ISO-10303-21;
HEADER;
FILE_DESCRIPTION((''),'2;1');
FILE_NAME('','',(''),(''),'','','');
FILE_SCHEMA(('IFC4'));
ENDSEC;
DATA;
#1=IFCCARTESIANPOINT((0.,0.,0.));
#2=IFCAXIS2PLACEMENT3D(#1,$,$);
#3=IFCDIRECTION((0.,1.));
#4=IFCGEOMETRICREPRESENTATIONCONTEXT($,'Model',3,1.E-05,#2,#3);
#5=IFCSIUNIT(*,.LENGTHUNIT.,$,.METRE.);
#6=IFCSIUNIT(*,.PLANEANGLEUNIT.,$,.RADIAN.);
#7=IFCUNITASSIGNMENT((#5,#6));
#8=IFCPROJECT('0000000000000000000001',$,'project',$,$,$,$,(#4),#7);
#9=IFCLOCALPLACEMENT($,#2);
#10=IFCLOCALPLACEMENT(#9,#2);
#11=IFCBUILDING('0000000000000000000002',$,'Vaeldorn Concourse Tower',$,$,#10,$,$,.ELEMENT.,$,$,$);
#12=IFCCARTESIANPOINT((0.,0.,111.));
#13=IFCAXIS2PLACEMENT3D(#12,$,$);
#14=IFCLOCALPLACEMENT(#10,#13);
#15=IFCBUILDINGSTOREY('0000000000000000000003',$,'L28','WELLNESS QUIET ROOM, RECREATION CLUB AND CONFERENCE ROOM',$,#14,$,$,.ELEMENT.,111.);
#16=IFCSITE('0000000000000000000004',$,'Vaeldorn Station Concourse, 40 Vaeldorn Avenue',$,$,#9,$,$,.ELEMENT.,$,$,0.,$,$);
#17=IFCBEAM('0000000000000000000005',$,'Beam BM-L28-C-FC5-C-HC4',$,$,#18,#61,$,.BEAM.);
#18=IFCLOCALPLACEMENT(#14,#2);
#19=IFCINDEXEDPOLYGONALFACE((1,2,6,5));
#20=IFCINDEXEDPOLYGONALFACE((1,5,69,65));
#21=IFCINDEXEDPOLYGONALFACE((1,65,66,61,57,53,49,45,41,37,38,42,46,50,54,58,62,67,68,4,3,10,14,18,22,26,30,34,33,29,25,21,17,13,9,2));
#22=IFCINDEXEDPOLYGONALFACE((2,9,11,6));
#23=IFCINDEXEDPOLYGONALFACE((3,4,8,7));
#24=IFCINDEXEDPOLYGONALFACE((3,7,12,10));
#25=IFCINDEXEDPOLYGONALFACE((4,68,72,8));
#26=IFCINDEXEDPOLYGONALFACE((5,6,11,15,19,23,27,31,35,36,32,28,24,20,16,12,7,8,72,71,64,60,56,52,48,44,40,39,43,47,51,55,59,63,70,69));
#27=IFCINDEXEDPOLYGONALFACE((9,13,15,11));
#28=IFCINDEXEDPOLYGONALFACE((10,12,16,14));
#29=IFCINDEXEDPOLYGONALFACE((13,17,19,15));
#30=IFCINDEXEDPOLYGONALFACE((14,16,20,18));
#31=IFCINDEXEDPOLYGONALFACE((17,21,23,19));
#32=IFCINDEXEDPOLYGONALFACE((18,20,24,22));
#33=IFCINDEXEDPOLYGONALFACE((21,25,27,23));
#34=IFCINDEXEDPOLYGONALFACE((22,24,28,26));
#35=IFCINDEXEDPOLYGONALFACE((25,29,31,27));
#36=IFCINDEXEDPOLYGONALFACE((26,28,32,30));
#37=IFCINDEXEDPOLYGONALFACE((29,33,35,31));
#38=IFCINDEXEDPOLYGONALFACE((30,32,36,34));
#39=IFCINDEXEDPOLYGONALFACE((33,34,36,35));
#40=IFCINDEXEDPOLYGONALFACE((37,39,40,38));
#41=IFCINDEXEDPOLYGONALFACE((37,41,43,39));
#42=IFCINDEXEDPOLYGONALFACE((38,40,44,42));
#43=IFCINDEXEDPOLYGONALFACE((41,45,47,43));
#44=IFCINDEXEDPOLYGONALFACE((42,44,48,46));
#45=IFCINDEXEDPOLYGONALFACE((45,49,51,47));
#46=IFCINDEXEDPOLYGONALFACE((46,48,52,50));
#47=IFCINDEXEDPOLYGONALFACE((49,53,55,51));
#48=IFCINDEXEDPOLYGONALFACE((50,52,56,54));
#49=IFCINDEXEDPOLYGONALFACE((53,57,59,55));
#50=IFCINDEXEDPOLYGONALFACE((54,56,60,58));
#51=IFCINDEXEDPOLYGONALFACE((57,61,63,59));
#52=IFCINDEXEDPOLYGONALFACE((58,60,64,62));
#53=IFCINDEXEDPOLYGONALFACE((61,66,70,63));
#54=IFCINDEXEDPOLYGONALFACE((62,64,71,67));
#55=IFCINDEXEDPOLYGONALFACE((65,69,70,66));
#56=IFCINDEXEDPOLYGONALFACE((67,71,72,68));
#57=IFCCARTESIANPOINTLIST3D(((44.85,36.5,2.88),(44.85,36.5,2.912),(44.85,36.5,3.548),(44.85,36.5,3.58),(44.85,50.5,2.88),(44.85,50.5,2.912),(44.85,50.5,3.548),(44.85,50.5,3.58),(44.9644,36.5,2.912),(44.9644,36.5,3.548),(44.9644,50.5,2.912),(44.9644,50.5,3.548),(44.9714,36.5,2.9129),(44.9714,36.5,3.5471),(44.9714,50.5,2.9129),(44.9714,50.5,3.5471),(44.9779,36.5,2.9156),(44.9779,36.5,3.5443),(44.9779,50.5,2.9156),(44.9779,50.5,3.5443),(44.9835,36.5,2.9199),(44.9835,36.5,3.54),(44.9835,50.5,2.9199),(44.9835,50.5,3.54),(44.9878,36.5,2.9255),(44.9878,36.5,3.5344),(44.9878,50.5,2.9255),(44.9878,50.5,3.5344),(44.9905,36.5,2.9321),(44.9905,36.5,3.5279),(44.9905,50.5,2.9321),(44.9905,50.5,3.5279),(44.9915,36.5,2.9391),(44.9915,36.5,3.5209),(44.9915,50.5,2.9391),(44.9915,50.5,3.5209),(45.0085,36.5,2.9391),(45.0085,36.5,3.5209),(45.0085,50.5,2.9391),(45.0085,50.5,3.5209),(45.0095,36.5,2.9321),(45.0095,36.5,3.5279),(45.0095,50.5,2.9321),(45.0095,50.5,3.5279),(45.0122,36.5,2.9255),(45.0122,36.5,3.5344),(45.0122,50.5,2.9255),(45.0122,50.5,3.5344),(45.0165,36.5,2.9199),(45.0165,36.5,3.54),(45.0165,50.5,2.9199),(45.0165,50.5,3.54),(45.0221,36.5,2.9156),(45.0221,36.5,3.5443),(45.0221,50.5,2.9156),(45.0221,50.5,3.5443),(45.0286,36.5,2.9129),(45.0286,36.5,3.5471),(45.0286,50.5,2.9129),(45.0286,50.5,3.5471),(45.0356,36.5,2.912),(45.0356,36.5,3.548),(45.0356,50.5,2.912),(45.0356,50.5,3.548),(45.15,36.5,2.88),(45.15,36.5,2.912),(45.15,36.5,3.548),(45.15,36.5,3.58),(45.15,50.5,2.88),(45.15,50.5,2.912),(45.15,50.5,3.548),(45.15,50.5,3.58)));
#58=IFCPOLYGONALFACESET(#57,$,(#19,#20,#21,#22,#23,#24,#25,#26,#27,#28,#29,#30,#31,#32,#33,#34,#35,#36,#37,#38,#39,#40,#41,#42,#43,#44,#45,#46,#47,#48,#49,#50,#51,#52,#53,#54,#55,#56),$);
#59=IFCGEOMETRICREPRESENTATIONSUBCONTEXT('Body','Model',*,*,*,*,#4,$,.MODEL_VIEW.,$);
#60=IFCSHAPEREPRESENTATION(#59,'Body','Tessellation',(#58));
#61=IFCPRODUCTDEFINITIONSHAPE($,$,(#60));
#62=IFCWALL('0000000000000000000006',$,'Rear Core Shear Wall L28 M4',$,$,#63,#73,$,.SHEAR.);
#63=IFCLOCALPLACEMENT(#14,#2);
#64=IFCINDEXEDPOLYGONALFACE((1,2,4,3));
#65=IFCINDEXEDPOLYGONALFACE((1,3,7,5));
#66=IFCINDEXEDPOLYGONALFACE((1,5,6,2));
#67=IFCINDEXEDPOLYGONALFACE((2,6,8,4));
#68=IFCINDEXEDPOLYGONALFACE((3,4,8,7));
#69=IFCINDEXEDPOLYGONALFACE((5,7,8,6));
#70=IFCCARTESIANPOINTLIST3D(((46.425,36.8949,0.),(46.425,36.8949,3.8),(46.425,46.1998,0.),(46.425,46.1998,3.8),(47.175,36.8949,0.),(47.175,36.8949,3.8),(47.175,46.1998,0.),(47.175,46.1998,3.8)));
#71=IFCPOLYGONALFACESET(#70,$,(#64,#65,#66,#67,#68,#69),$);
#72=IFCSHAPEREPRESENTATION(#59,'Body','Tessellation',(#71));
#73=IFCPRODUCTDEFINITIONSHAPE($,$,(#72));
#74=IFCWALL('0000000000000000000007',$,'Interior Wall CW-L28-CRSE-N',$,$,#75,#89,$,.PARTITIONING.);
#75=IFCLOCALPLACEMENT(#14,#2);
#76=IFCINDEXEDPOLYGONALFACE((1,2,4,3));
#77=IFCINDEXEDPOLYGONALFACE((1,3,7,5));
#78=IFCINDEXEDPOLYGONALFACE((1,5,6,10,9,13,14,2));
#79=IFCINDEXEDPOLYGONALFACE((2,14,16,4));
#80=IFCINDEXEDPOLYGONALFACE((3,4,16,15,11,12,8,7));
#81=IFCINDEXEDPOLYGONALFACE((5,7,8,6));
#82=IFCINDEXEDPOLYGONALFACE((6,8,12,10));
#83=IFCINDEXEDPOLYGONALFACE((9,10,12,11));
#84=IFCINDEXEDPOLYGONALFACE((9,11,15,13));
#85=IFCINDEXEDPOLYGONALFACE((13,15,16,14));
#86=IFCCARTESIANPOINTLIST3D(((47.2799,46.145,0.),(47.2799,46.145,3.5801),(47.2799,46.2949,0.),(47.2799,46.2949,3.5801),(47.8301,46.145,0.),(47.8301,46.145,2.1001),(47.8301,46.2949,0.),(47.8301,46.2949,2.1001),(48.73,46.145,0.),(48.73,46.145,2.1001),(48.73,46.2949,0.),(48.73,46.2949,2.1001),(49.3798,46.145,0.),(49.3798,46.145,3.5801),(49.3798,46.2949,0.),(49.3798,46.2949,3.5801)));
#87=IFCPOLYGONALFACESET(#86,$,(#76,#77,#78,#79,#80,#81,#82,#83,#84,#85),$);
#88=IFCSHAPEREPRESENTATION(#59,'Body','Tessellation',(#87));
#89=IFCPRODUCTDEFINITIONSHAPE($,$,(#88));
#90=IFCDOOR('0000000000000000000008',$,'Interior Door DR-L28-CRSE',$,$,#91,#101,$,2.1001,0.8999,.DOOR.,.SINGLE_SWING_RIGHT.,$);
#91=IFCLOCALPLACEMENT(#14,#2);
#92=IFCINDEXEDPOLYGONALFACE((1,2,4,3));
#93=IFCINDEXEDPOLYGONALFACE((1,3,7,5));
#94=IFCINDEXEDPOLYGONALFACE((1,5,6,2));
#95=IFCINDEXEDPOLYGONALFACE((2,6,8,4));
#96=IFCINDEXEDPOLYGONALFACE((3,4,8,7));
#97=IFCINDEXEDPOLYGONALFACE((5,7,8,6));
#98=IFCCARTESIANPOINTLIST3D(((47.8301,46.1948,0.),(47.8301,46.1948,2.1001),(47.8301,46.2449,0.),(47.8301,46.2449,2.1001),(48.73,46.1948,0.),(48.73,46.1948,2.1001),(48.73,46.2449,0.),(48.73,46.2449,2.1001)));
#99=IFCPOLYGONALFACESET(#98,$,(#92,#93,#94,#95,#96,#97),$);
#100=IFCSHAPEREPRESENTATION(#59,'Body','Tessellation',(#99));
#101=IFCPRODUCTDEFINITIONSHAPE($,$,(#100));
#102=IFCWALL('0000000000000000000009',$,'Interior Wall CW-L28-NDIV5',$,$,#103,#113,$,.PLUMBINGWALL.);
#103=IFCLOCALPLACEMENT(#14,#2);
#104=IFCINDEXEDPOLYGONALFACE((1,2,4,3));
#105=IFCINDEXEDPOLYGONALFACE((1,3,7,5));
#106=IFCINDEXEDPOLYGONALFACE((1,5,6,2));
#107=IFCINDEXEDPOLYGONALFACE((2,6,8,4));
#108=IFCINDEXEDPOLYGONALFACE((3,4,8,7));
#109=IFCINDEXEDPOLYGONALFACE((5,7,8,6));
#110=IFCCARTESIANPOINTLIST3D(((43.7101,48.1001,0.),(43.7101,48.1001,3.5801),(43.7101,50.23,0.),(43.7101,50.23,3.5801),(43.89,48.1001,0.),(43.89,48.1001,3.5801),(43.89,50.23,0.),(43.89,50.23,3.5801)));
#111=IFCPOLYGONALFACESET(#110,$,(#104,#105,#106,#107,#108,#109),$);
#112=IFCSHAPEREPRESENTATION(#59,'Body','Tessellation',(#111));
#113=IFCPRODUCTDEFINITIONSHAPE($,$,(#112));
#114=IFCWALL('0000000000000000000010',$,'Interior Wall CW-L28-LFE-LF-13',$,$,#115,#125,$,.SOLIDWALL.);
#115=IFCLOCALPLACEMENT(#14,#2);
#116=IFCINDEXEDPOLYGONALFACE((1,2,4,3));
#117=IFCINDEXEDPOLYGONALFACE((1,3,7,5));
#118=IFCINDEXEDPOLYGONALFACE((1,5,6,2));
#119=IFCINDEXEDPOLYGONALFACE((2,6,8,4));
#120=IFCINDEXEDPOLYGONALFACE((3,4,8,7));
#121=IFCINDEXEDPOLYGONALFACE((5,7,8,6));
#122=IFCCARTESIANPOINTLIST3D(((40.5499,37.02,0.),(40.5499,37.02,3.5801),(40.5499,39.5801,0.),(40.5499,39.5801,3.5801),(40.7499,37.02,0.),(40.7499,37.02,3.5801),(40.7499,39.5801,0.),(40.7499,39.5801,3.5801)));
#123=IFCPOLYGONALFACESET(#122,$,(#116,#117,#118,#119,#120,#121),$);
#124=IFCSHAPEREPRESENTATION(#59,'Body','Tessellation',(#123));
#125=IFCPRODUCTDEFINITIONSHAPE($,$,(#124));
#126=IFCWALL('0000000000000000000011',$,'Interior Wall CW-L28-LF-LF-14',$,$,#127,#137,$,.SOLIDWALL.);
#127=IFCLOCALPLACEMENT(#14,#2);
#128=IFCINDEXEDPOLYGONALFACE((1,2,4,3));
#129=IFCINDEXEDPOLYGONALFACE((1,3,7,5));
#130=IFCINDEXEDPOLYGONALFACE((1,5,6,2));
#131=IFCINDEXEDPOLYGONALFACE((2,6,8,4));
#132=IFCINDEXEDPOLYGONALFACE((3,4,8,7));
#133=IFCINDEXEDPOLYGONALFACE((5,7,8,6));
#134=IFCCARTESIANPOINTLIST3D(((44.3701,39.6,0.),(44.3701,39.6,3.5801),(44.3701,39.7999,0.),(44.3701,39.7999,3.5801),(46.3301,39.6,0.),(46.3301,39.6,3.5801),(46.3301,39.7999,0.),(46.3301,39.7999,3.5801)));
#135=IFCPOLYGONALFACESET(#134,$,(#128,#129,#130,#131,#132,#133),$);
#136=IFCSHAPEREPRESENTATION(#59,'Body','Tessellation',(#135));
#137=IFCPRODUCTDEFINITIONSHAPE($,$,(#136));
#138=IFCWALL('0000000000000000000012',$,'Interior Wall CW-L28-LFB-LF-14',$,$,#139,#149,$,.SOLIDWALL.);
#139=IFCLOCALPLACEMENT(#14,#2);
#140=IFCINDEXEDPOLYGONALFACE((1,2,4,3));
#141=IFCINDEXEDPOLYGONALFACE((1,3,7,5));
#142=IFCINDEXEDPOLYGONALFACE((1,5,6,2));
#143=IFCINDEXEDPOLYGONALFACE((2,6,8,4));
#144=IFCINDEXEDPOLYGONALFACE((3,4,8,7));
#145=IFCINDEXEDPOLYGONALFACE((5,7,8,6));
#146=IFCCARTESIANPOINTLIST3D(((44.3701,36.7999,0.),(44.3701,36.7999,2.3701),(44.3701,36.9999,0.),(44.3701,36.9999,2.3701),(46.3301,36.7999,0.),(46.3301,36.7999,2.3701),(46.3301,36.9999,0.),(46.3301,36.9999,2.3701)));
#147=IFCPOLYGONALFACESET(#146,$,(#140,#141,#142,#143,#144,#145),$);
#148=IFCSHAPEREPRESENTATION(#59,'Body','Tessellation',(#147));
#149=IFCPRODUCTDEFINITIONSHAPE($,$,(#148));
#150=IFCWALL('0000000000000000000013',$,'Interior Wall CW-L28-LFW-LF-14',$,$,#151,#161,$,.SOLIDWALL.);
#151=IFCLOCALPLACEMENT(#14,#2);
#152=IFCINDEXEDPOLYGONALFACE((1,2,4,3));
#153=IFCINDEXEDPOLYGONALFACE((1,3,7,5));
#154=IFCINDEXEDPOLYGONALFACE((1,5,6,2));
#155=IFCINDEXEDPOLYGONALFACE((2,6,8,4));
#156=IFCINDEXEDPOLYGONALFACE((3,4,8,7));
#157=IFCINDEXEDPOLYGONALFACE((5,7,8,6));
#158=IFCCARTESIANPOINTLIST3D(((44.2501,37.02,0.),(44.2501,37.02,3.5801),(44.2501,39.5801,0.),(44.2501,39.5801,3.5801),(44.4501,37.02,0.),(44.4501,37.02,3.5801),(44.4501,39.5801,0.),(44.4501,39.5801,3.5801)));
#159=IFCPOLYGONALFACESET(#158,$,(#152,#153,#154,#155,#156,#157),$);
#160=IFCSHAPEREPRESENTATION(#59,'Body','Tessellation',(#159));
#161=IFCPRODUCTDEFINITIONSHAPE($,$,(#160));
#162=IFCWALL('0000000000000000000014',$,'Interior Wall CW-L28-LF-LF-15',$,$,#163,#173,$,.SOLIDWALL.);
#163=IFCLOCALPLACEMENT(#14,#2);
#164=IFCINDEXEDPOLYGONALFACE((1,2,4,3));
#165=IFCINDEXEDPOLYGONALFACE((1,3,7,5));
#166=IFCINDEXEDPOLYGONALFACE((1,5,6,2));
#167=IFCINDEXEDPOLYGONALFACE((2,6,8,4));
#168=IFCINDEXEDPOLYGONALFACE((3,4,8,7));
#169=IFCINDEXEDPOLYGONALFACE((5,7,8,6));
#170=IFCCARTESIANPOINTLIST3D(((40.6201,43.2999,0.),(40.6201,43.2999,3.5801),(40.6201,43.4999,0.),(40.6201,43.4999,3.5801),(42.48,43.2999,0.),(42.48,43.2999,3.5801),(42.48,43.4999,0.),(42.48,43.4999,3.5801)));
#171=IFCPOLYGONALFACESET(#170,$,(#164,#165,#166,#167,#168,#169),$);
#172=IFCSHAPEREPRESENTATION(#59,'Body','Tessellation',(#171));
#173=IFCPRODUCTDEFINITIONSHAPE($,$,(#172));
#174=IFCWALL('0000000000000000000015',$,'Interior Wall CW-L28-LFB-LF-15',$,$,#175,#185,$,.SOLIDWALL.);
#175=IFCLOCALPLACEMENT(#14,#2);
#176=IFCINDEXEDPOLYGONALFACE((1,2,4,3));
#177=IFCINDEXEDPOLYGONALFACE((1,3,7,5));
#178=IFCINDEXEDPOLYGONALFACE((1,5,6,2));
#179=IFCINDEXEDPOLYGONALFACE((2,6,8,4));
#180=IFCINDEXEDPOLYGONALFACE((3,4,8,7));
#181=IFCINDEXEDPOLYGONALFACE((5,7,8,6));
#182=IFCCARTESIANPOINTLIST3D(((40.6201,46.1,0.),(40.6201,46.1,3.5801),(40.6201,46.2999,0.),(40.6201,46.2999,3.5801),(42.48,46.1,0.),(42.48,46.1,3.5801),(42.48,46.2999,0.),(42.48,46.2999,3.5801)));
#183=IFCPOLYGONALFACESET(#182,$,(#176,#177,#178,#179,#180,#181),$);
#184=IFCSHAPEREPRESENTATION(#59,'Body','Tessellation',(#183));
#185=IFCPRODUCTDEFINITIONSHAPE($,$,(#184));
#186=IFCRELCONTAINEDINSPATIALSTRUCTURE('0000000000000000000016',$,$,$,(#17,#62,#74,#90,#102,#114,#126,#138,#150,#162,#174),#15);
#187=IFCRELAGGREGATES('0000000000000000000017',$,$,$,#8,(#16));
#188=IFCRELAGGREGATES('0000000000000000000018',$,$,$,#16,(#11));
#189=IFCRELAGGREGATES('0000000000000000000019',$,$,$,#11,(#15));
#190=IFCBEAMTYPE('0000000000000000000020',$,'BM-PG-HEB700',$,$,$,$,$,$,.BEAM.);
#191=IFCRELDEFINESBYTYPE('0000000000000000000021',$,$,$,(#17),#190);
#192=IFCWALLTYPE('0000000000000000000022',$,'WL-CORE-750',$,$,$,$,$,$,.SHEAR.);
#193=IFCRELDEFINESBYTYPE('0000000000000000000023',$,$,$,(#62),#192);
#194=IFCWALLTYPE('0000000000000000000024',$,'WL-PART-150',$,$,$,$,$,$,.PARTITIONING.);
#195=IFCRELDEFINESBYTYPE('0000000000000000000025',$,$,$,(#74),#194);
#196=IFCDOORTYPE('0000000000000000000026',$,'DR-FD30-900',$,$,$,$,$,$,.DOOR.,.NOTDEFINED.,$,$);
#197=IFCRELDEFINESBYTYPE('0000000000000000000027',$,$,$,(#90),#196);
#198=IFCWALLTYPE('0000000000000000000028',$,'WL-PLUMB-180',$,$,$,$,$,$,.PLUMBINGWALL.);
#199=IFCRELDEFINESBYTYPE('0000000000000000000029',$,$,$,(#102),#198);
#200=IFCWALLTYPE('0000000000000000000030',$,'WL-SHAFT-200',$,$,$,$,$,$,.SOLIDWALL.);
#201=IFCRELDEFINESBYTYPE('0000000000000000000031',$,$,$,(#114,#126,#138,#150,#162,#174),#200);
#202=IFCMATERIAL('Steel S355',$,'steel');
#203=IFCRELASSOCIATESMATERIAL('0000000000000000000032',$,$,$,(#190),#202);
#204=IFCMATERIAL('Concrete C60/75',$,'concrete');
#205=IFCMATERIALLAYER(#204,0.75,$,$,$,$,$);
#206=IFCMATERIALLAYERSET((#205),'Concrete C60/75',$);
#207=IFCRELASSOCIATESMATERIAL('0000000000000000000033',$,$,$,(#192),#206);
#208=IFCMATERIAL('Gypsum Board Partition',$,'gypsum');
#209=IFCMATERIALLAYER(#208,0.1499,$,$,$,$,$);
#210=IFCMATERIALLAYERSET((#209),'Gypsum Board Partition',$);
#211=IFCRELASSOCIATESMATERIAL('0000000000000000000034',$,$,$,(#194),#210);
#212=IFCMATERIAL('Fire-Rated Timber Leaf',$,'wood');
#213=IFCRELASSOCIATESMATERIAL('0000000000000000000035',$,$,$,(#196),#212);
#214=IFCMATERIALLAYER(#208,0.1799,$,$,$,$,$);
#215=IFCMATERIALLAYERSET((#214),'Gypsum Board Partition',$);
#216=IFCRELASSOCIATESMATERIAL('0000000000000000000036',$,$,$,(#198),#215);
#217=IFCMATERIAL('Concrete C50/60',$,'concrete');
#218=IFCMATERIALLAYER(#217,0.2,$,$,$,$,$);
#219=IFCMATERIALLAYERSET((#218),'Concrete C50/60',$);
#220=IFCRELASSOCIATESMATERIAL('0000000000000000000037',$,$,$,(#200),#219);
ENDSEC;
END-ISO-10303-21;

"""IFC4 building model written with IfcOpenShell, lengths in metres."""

from ifc_helpers import new_model, si_unit, direction, frame, frame_2d, origin, origin_2d, place, context, subcontext, project, spatial, rectangle, i_section, extrude, source, transform, mapped, material, layer, layer_set, material_profile, profile_set, type_object, element, fill, save


model = new_model("IFC4")

# Units and contexts
model_context = context("Model", 3, precision=1e-05, world=origin(), true_north=direction((0.0, 1.0)))
body_context = subcontext(model_context, "Body", "Model", "MODEL_VIEW")
ifc_project = project(units=[si_unit("LENGTHUNIT", "METRE"), si_unit("PLANEANGLEUNIT", "RADIAN")], contexts=[model_context])

# Site, building, storey
site_placement = place(None, origin())
site = spatial("IfcSite", under=ifc_project, at=site_placement, Name="Vaeldorn Station Concourse, 40 Vaeldorn Avenue", CompositionType="ELEMENT", RefElevation=0.0)
building_placement = place(site_placement, origin())
building = spatial("IfcBuilding", under=site, at=building_placement, Name="Vaeldorn Concourse Tower", CompositionType="ELEMENT")
storey_placement = place(building_placement, frame((0.0, 0.0, 111.0)))
storey = spatial("IfcBuildingStorey", under=building, at=storey_placement, Name="L28", Description="WELLNESS QUIET ROOM, RECREATION CLUB AND CONFERENCE ROOM", CompositionType="ELEMENT", Elevation=111.0)

# Beam
ifc_material_1 = material(Name="Concrete C60/75", Category="concrete")
ifc_material_2 = material(Name="Steel S355", Category="steel")
ifc_material_profile_1 = material_profile(ifc_material_2, i_section(OverallWidth=0.3, OverallDepth=0.7, WebThickness=0.0171, FlangeThickness=0.032, FilletRadius=0.0271, at=origin_2d()), Name="HEB 700")
ifc_profile_set_1 = profile_set([ifc_material_profile_1], Name="Steel S355")
beam_type_1 = type_object("IfcBeamType", Name="BM-PG-HEB700", PredefinedType="BEAM", material=ifc_profile_set_1)
shared_shape_1 = source(origin(), body_context, "Body", "SweptSolid", [
    extrude(i_section(OverallWidth=0.3, OverallDepth=0.7, WebThickness=0.0171, FlangeThickness=0.032, FilletRadius=0.0271, at=origin_2d()), origin(), (0.0, 0.0, 1.0), 14.0),
])
beam_1_placement = place(storey_placement, frame((45.0, 36.5, 3.23), z_axis=(0.0, 1.0, 0.0), x_axis=(-1.0, 0.0, 0.0)))
element("IfcBeam", 1, at=beam_1_placement, inside=storey, type_object=beam_type_1, Name="Beam BM-L28-C-FC5-C-HC4", PredefinedType="BEAM", context=body_context, shape_type="MappedRepresentation", body=[
    mapped(shared_shape_1, transform((0.0, 0.0, 0.0), scale=1.0)),
])

# Wall
ifc_layer_1 = layer(ifc_material_1, 0.75)
ifc_layer_set_1 = layer_set([ifc_layer_1], Name="Concrete C60/75")
wall_type_1 = type_object("IfcWallType", Name="WL-CORE-750", PredefinedType="SHEAR", material=ifc_layer_set_1)
wall_1_placement = place(storey_placement, frame((46.8, 36.895, 0.0), z_axis=(0.0, 0.0, 1.0), x_axis=(0.0, 1.0, 0.0)))
element("IfcWall", 2, at=wall_1_placement, inside=storey, type_object=wall_type_1, Name="Rear Core Shear Wall L28 M4", PredefinedType="SHEAR", context=body_context, shape_type="SweptSolid", body=[
    extrude(rectangle(XDim=9.3049, YDim=0.75, at=frame_2d((4.6523, 0.0))), origin(), (0.0, 0.0, 1.0), 3.8),
])

# Wall, opening, door
ifc_material_3 = material(Name="Gypsum Board Partition", Category="gypsum")
ifc_layer_2 = layer(ifc_material_3, 0.1499)
ifc_layer_set_2 = layer_set([ifc_layer_2], Name="Gypsum Board Partition")
wall_type_2 = type_object("IfcWallType", Name="WL-PART-150", PredefinedType="PARTITIONING", material=ifc_layer_set_2)
wall_2_placement = place(storey_placement, frame((47.28, 46.22, 0.0), z_axis=(0.0, 0.0, 1.0), x_axis=(1.0, 0.0, 0.0)))
wall_2 = element("IfcWall", 3, at=wall_2_placement, inside=storey, type_object=wall_type_2, Name="Interior Wall CW-L28-CRSE-N", PredefinedType="PARTITIONING", context=body_context, shape_type="SweptSolid", body=[
    extrude(rectangle(XDim=2.0999, YDim=0.1499, at=frame_2d((1.0498, 0.0))), origin(), (0.0, 0.0, 1.0), 3.5801),
])
opening_1_placement = place(wall_2_placement, frame((0.55, 0.0, 0.0)))
opening_1 = element("IfcOpeningElement", 4, at=opening_1_placement, cuts=wall_2, PredefinedType="OPENING", context=body_context, shape_type="SweptSolid", body=[
    extrude(rectangle(XDim=0.8999, YDim=2.1001, at=frame_2d((0.45, 1.05))), frame((0.0, 0.085, 0.0), z_axis=(0.0, -1.0, 0.0), x_axis=(1.0, 0.0, 0.0)), (0.0, 0.0, 1.0), 0.1699),
])
ifc_material_4 = material(Name="Fire-Rated Timber Leaf", Category="wood")
door_type_1 = type_object("IfcDoorType", Name="DR-FD30-900", OperationType="NOTDEFINED", PredefinedType="DOOR", material=ifc_material_4)
shared_shape_2 = source(origin(), body_context, "Body", "SweptSolid", [
    extrude(rectangle(XDim=0.8999, YDim=2.1001, at=frame_2d((0.45, 1.05))), frame((0.0, 0.0249, 0.0), z_axis=(0.0, -1.0, 0.0), x_axis=(1.0, 0.0, 0.0)), (0.0, 0.0, 1.0), 0.05),
])
door_1_placement = place(opening_1_placement, origin())
door_1 = element("IfcDoor", 5, at=door_1_placement, inside=storey, type_object=door_type_1, Name="Interior Door DR-L28-CRSE", OperationType="SINGLE_SWING_RIGHT", OverallHeight=2.1001, OverallWidth=0.8999, PredefinedType="DOOR", context=body_context, shape_type="MappedRepresentation", body=[
    mapped(shared_shape_2, transform((0.0, 0.0, 0.0), scale=1.0)),
])
fill(opening_1, door_1)

# Wall
ifc_layer_3 = layer(ifc_material_3, 0.1799)
ifc_layer_set_3 = layer_set([ifc_layer_3], Name="Gypsum Board Partition")
wall_type_3 = type_object("IfcWallType", Name="WL-PLUMB-180", PredefinedType="PLUMBINGWALL", material=ifc_layer_set_3)
wall_3_placement = place(storey_placement, frame((43.8, 48.1001, 0.0), z_axis=(0.0, 0.0, 1.0), x_axis=(0.0, 1.0, 0.0)))
element("IfcWall", 6, at=wall_3_placement, inside=storey, type_object=wall_type_3, Name="Interior Wall CW-L28-NDIV5", PredefinedType="PLUMBINGWALL", context=body_context, shape_type="SweptSolid", body=[
    extrude(rectangle(XDim=2.1299, YDim=0.1799, at=frame_2d((1.0649, 0.0))), origin(), (0.0, 0.0, 1.0), 3.5801),
])

# Shared definitions
ifc_material_5 = material(Name="Concrete C50/60", Category="concrete")
ifc_layer_4 = layer(ifc_material_5, 0.2)
ifc_layer_set_4 = layer_set([ifc_layer_4], Name="Concrete C50/60")
wall_type_4 = type_object("IfcWallType", Name="WL-SHAFT-200", PredefinedType="SOLIDWALL", material=ifc_layer_set_4)

# Walls
wall_4_placement = place(storey_placement, frame((40.6499, 37.02, 0.0), z_axis=(0.0, 0.0, 1.0), x_axis=(0.0, 1.0, 0.0)))
element("IfcWall", 7, at=wall_4_placement, inside=storey, type_object=wall_type_4, Name="Interior Wall CW-L28-LFE-LF-13", PredefinedType="SOLIDWALL", context=body_context, shape_type="SweptSolid", body=[
    extrude(rectangle(XDim=2.5601, YDim=0.2, at=frame_2d((1.28, 0.0))), origin(), (0.0, 0.0, 1.0), 3.5801),
])
wall_5_placement = place(storey_placement, frame((44.3701, 39.7, 0.0), z_axis=(0.0, 0.0, 1.0), x_axis=(1.0, 0.0, 0.0)))
element("IfcWall", 8, at=wall_5_placement, inside=storey, type_object=wall_type_4, Name="Interior Wall CW-L28-LF-LF-14", PredefinedType="SOLIDWALL", context=body_context, shape_type="SweptSolid", body=[
    extrude(rectangle(XDim=1.96, YDim=0.2, at=frame_2d((0.98, 0.0))), origin(), (0.0, 0.0, 1.0), 3.5801),
])
wall_6_placement = place(storey_placement, frame((44.3701, 36.8999, 0.0), z_axis=(0.0, 0.0, 1.0), x_axis=(1.0, 0.0, 0.0)))
element("IfcWall", 9, at=wall_6_placement, inside=storey, type_object=wall_type_4, Name="Interior Wall CW-L28-LFB-LF-14", PredefinedType="SOLIDWALL", context=body_context, shape_type="SweptSolid", body=[
    extrude(rectangle(XDim=1.96, YDim=0.2, at=frame_2d((0.98, 0.0))), origin(), (0.0, 0.0, 1.0), 2.3701),
])
wall_7_placement = place(storey_placement, frame((44.3501, 37.02, 0.0), z_axis=(0.0, 0.0, 1.0), x_axis=(0.0, 1.0, 0.0)))
element("IfcWall", 10, at=wall_7_placement, inside=storey, type_object=wall_type_4, Name="Interior Wall CW-L28-LFW-LF-14", PredefinedType="SOLIDWALL", context=body_context, shape_type="SweptSolid", body=[
    extrude(rectangle(XDim=2.5601, YDim=0.2, at=frame_2d((1.28, 0.0))), origin(), (0.0, 0.0, 1.0), 3.5801),
])
for number, where, z_axis, x_axis, name in (
    (11, (40.6201, 43.3999, 0.0), (0.0, 0.0, 1.0), (1.0, 0.0, 0.0), "Interior Wall CW-L28-LF-LF-15"),
    (12, (40.6201, 46.2, 0.0), (0.0, 0.0, 1.0), (1.0, 0.0, 0.0), "Interior Wall CW-L28-LFB-LF-15"),
):
    element("IfcWall", number, at=place(storey_placement, frame(where, z_axis=z_axis, x_axis=x_axis)), inside=storey, type_object=wall_type_4, Name=name, PredefinedType="SOLIDWALL", context=body_context, shape_type="SweptSolid", body=[
        extrude(rectangle(XDim=1.8599, YDim=0.2, at=frame_2d((0.9299, 0.0))), origin(), (0.0, 0.0, 1.0), 3.5801),
    ])

save(model, "model.ifc")
